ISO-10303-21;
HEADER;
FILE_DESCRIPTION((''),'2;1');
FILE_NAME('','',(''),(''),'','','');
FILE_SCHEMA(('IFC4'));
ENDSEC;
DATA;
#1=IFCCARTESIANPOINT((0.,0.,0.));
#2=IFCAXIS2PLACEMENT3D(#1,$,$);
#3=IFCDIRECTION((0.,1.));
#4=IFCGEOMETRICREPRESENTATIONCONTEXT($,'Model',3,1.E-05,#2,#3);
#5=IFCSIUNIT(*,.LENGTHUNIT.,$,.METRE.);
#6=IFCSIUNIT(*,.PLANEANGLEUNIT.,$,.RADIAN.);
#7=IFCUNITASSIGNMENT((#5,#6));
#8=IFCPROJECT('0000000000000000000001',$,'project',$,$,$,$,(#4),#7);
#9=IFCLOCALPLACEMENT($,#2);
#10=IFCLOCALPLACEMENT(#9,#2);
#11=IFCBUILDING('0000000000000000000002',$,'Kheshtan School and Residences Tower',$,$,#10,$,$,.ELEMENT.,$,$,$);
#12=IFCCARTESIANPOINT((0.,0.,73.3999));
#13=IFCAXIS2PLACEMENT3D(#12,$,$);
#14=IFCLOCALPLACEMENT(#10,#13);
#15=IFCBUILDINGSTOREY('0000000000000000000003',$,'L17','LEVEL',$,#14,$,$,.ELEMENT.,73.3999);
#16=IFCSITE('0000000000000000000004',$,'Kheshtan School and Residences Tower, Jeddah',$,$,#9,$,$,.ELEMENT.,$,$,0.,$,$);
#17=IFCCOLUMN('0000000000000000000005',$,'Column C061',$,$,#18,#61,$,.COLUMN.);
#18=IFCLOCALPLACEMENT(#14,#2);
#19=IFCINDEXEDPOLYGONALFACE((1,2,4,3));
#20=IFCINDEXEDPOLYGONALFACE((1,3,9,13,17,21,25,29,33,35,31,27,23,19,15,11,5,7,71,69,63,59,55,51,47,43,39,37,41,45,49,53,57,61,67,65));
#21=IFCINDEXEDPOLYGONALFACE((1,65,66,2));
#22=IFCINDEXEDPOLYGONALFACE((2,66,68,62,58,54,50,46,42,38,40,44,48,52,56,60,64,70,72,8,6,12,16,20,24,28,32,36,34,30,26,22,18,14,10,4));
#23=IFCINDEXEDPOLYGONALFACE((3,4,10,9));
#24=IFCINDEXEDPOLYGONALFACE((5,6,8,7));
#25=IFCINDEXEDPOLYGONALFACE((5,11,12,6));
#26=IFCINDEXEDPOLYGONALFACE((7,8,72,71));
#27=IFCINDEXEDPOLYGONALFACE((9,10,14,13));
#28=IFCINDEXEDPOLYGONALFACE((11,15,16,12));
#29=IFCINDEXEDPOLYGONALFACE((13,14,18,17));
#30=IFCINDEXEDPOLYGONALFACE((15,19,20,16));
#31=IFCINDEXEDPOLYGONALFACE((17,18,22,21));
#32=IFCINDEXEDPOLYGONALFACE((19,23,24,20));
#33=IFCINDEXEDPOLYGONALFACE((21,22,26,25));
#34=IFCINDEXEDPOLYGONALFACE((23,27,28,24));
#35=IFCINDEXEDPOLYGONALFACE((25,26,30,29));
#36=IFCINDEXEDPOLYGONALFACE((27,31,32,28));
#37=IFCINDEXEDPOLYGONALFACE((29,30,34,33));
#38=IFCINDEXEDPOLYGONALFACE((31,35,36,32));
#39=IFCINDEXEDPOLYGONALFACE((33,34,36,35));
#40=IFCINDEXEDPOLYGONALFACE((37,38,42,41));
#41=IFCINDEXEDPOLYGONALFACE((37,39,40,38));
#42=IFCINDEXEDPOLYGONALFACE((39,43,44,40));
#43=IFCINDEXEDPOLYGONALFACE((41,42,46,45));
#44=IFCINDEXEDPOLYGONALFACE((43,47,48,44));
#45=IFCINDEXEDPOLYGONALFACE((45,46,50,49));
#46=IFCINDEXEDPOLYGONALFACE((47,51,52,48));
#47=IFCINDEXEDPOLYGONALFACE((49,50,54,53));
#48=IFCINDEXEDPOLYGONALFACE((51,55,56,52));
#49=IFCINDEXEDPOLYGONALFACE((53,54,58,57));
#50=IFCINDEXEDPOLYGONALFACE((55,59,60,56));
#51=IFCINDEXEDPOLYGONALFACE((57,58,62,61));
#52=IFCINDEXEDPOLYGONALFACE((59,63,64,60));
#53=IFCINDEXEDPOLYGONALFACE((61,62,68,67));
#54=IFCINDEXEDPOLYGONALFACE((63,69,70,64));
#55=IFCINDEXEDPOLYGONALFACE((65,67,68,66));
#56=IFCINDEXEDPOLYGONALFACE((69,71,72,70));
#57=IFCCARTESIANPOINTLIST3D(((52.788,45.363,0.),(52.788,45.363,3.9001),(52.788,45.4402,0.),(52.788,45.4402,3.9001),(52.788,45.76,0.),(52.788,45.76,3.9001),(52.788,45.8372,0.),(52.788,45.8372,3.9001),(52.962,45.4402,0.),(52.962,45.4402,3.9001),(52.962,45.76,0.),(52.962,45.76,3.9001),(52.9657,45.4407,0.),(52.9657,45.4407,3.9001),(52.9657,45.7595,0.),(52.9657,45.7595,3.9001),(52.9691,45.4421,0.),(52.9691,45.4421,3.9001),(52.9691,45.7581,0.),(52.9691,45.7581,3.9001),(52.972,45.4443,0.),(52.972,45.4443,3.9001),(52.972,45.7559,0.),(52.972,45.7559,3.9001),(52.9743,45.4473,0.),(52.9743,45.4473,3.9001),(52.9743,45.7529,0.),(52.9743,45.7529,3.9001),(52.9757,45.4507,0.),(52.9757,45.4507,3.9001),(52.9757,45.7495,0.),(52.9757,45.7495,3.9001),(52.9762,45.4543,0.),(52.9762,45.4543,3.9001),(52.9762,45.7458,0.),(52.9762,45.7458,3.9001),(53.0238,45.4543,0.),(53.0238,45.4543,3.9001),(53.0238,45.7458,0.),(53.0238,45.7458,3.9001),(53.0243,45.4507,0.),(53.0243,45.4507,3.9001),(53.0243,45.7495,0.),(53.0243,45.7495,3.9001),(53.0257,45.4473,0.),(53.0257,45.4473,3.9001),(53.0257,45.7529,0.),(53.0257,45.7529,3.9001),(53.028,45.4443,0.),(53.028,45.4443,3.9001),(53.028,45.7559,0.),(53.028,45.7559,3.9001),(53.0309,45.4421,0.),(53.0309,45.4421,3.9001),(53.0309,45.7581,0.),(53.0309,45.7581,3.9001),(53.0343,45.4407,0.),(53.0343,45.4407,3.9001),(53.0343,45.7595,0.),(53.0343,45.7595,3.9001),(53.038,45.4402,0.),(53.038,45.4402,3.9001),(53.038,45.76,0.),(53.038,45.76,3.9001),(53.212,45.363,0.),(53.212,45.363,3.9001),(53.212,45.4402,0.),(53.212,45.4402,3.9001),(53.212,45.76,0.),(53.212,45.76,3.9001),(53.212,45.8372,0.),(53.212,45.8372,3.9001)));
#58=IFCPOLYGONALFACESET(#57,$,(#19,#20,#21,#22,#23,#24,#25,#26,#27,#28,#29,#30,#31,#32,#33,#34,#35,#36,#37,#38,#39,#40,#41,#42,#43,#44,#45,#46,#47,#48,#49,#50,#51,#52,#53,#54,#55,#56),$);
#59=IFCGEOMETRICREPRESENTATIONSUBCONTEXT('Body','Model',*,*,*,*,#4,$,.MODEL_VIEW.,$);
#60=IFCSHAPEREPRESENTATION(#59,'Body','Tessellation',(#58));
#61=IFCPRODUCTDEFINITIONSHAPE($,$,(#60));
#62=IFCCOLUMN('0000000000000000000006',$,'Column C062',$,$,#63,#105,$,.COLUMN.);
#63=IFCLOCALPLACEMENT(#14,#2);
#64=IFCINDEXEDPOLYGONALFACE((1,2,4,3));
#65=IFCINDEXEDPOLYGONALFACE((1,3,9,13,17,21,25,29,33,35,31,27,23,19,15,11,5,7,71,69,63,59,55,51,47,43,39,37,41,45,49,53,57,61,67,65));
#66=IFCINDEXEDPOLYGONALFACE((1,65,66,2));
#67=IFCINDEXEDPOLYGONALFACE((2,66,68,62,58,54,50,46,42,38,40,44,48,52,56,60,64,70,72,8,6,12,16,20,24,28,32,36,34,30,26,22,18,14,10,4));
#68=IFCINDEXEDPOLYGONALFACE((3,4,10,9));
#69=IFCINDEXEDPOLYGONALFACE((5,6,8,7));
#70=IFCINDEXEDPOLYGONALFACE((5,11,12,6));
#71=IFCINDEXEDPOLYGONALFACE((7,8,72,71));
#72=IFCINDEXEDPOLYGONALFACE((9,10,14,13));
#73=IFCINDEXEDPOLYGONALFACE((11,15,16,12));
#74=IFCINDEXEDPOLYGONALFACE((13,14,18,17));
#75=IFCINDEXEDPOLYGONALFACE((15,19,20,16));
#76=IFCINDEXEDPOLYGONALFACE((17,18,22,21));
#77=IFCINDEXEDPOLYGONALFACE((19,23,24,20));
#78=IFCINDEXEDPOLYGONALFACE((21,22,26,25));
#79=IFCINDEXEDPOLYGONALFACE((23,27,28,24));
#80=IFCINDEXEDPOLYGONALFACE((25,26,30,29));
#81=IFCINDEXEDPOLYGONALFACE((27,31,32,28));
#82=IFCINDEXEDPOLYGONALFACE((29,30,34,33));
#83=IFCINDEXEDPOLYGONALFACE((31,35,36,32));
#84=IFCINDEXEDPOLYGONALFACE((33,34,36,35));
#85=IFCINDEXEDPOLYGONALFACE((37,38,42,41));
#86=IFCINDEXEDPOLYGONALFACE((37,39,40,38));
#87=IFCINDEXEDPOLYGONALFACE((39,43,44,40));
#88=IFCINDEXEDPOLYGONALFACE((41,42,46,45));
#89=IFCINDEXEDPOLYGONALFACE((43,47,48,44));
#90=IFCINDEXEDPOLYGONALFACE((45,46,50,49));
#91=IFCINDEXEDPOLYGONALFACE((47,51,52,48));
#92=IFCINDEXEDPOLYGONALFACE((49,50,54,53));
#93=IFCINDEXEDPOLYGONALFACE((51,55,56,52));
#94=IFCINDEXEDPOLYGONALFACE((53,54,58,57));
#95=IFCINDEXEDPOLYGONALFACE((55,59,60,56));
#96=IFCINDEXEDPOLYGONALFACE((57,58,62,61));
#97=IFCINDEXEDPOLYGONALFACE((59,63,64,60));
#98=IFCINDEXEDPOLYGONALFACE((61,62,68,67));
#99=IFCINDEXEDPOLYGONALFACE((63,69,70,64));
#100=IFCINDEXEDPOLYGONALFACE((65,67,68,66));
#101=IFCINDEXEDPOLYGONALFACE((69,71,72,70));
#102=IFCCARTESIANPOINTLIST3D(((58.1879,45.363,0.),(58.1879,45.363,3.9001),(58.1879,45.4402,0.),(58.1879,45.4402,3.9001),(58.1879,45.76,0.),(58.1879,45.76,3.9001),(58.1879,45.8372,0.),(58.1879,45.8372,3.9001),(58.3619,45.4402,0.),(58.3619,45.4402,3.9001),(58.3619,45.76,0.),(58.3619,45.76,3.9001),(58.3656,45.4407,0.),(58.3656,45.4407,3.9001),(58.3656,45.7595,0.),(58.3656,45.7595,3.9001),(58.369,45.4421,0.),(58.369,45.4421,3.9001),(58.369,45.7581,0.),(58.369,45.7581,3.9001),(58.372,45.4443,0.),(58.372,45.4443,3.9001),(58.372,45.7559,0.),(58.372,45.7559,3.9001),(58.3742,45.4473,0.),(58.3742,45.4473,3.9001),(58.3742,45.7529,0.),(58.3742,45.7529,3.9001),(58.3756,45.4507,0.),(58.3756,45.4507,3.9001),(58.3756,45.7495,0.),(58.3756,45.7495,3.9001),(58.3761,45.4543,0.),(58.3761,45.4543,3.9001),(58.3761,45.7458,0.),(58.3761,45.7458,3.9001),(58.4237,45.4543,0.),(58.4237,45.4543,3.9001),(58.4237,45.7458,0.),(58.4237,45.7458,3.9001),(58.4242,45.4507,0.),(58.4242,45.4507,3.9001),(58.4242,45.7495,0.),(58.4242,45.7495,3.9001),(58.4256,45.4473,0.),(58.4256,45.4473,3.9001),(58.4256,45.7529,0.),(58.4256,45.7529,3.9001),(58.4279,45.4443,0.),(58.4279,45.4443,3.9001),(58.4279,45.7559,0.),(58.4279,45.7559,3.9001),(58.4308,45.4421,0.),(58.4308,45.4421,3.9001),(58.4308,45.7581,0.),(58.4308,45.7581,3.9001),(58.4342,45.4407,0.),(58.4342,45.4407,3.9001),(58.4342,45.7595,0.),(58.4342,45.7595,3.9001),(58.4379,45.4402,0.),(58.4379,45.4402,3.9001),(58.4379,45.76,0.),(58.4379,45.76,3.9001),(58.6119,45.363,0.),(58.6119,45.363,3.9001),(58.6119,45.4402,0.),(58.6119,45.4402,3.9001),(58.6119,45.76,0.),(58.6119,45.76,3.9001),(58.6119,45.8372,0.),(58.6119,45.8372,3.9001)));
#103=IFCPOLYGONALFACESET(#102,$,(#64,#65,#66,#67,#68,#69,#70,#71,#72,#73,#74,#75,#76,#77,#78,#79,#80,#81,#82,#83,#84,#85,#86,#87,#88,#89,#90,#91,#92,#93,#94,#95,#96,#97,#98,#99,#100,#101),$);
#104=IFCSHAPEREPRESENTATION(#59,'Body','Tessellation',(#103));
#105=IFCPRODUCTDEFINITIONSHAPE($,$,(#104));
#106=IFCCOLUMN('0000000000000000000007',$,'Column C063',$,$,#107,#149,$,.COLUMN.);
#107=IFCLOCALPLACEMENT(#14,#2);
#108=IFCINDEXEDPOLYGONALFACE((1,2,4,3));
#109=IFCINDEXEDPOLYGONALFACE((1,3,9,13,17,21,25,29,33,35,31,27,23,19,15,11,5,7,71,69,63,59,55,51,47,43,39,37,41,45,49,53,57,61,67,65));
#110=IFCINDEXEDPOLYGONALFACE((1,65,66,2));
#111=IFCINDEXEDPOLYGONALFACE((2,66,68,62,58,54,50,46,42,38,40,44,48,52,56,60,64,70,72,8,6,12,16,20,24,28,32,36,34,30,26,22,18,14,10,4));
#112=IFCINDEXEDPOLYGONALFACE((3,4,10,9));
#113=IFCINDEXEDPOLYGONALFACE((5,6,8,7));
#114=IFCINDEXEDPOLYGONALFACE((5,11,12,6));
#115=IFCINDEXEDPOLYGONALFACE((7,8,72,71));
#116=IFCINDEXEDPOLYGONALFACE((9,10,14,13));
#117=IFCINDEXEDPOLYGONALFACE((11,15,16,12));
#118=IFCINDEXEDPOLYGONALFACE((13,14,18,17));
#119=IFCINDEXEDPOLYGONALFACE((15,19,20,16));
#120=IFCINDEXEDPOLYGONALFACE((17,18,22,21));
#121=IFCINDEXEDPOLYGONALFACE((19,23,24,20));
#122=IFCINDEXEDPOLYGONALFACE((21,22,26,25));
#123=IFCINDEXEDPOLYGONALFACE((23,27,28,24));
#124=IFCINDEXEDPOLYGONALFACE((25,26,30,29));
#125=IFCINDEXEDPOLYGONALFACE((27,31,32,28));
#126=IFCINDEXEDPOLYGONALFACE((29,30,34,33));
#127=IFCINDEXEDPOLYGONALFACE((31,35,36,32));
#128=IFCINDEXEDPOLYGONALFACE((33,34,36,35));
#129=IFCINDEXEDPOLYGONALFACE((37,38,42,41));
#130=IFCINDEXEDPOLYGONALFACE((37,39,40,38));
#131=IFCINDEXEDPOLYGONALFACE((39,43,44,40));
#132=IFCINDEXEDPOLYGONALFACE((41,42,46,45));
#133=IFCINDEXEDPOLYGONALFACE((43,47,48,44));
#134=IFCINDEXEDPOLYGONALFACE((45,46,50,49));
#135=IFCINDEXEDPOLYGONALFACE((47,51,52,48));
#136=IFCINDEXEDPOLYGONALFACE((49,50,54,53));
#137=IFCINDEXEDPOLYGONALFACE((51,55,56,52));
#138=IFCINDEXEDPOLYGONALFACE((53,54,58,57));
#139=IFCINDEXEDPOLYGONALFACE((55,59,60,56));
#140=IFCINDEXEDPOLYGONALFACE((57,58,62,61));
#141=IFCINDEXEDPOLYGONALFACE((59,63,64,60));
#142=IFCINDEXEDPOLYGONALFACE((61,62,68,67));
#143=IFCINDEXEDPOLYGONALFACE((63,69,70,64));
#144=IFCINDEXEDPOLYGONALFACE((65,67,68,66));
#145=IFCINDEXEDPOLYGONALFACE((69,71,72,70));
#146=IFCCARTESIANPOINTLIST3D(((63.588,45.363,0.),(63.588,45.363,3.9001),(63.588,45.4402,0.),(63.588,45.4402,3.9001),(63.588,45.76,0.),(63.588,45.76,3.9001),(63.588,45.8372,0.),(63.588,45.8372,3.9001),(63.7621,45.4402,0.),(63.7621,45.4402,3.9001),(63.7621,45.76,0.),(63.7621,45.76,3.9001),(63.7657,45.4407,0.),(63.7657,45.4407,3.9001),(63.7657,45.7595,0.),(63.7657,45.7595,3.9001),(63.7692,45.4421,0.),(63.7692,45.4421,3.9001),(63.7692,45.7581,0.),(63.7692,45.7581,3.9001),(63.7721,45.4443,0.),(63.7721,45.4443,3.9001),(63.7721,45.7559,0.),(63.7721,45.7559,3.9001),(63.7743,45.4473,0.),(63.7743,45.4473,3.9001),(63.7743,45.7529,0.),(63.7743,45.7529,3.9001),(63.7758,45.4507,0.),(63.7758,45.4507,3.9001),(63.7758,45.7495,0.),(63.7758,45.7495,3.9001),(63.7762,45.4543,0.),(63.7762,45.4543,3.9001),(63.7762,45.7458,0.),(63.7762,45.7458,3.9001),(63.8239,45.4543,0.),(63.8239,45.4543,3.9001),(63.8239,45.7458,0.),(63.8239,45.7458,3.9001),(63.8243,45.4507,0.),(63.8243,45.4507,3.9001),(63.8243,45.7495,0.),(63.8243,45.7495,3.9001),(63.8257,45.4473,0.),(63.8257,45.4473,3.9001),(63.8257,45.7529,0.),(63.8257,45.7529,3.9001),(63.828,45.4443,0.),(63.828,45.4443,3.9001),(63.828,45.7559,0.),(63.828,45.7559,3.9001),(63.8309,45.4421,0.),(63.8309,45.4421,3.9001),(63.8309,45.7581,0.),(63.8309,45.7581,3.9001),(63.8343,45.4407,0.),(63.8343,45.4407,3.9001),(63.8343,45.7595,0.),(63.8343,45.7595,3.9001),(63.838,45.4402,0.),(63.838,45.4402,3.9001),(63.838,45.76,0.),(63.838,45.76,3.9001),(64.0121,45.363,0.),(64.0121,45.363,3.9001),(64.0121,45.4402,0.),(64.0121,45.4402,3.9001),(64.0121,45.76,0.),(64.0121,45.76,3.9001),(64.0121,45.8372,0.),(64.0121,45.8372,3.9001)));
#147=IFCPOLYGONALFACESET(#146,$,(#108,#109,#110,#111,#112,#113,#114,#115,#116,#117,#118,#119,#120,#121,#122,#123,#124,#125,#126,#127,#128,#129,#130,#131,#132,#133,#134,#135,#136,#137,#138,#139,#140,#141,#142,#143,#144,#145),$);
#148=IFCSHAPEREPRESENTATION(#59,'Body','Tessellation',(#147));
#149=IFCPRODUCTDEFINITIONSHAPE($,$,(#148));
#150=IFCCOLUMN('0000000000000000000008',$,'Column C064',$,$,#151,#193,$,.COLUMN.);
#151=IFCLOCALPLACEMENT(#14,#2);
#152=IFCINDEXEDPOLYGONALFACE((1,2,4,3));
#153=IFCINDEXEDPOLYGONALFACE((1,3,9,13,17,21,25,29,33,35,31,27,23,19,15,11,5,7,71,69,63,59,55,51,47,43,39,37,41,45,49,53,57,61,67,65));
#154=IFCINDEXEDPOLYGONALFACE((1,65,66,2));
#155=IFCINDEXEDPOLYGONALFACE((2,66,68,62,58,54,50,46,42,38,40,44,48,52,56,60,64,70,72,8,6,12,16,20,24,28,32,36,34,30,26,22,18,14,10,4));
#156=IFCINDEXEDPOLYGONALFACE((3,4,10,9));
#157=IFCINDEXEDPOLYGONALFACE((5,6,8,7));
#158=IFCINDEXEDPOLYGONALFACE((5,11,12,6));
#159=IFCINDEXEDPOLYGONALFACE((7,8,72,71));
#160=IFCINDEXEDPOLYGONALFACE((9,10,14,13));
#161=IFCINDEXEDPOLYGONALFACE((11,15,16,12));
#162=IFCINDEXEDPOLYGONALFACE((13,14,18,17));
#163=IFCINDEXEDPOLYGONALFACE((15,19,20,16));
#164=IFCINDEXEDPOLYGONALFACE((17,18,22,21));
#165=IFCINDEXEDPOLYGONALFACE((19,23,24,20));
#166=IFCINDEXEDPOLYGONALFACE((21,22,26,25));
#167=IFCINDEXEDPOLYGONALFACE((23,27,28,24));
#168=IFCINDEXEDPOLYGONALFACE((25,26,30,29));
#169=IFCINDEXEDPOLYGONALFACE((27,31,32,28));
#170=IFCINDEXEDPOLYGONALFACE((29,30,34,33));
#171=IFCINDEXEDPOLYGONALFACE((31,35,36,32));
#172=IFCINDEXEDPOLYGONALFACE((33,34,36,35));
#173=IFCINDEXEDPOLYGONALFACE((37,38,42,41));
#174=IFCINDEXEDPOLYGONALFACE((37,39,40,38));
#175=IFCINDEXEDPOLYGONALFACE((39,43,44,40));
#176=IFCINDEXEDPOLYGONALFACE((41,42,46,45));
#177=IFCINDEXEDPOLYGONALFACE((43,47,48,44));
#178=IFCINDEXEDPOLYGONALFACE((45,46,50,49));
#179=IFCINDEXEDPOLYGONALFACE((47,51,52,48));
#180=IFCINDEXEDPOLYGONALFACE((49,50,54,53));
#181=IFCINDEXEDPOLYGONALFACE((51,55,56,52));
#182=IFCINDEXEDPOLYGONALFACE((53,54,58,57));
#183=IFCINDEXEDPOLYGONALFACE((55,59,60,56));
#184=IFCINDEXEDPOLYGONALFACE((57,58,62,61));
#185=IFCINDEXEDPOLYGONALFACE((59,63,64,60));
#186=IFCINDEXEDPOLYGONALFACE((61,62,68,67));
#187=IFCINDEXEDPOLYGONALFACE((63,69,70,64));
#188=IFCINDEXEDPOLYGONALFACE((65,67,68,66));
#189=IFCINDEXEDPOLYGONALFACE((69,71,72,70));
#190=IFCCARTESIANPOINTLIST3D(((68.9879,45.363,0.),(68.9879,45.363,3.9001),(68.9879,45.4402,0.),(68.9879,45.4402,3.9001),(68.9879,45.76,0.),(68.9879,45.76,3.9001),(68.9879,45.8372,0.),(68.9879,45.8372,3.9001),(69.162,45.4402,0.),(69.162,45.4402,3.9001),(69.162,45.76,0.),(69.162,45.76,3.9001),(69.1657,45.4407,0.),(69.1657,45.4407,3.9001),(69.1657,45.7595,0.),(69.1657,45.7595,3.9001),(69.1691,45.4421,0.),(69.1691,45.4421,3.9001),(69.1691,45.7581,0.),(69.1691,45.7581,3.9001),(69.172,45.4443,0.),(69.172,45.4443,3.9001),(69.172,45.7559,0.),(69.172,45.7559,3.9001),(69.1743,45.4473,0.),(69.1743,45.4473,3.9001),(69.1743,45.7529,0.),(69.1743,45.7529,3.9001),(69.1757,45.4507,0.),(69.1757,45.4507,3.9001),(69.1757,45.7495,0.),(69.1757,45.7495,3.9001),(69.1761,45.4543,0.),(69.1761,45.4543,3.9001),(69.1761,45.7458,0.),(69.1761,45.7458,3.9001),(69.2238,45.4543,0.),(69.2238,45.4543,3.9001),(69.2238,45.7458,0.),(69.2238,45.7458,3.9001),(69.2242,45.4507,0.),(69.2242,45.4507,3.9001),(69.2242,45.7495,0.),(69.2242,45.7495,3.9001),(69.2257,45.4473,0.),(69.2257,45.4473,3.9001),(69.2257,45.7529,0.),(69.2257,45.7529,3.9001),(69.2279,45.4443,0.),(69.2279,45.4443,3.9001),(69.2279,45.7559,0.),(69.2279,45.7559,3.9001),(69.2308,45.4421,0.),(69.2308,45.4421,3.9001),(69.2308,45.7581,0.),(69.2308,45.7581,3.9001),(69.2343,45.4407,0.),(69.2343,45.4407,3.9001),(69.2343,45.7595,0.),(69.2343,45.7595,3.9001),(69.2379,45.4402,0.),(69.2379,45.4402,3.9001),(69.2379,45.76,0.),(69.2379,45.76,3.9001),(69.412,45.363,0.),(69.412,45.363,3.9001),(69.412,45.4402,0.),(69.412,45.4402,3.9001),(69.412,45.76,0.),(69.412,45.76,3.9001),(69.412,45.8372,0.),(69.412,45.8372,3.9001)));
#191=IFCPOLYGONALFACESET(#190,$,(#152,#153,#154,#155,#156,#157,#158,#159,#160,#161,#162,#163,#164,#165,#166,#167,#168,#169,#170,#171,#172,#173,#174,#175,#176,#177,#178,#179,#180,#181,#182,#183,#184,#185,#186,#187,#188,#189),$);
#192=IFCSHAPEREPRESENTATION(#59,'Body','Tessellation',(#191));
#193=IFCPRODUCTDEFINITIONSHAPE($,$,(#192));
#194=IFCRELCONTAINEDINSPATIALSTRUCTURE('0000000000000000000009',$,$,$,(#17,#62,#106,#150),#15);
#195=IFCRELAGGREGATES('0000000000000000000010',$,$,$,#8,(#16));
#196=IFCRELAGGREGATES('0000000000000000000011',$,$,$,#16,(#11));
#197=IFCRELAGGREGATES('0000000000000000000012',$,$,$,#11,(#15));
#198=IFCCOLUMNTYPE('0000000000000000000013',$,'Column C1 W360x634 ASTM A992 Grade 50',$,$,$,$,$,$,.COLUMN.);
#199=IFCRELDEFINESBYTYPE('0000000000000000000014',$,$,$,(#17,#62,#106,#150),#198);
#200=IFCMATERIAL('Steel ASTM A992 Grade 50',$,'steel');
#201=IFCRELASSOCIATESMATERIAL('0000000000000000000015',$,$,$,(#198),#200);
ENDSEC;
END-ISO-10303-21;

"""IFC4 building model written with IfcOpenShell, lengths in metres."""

from ifc_helpers import new_model, si_unit, direction, frame, origin, origin_2d, place, context, subcontext, project, spatial, i_section, extrude, material, material_profile, profile_set, type_object, element, save


model = new_model("IFC4")

# Units and contexts
model_context = context("Model", 3, precision=1e-05, world=origin(), true_north=direction((0.0, 1.0)))
body_context = subcontext(model_context, "Body", "Model", "MODEL_VIEW")
ifc_project = project(units=[si_unit("LENGTHUNIT", "METRE"), si_unit("PLANEANGLEUNIT", "RADIAN")], contexts=[model_context])

# Site, building, storey
site_placement = place(None, origin())
site = spatial("IfcSite", under=ifc_project, at=site_placement, Name="Kheshtan School and Residences Tower, Jeddah", CompositionType="ELEMENT", RefElevation=0.0)
building_placement = place(site_placement, origin())
building = spatial("IfcBuilding", under=site, at=building_placement, Name="Kheshtan School and Residences Tower", CompositionType="ELEMENT")
storey_placement = place(building_placement, frame((0.0, 0.0, 73.3999)))
storey = spatial("IfcBuildingStorey", under=building, at=storey_placement, Name="L17", Description="LEVEL", CompositionType="ELEMENT", Elevation=73.3999)

# Columns
ifc_material_1 = material(Name="Steel ASTM A992 Grade 50", Category="steel")
ifc_material_profile_1 = material_profile(ifc_material_1, i_section(OverallWidth=0.4241, OverallDepth=0.4741, WebThickness=0.0476, FlangeThickness=0.0771, FilletRadius=0.0142, at=origin_2d()), Name="W360x634")
ifc_profile_set_1 = profile_set([ifc_material_profile_1], Name="Steel ASTM A992 Grade 50")
column_type = type_object("IfcColumnType", Name="Column C1 W360x634 ASTM A992 Grade 50", PredefinedType="COLUMN", material=ifc_profile_set_1)
for number, where, z_axis, x_axis, name in (
    (1, (53.0, 45.6001, 0.0), (0.0, 0.0, 1.0), (1.0, 0.0, 0.0), "Column C061"),
    (2, (58.3999, 45.6001, 0.0), (0.0, 0.0, 1.0), (1.0, 0.0, 0.0), "Column C062"),
    (3, (63.8, 45.6001, 0.0), (0.0, 0.0, 1.0), (1.0, 0.0, 0.0), "Column C063"),
    (4, (69.2, 45.6001, 0.0), (0.0, 0.0, 1.0), (1.0, 0.0, 0.0), "Column C064"),
):
    element("IfcColumn", number, at=place(storey_placement, frame(where, z_axis=z_axis, x_axis=x_axis)), inside=storey, type_object=column_type, Name=name, PredefinedType="COLUMN", context=body_context, shape_type="SweptSolid", body=[
        extrude(i_section(OverallWidth=0.4241, OverallDepth=0.4741, WebThickness=0.0476, FlangeThickness=0.0771, FilletRadius=0.0142, at=origin_2d()), origin(), (0.0, 0.0, 1.0), 3.9001),
    ])

save(model, "model.ifc")
